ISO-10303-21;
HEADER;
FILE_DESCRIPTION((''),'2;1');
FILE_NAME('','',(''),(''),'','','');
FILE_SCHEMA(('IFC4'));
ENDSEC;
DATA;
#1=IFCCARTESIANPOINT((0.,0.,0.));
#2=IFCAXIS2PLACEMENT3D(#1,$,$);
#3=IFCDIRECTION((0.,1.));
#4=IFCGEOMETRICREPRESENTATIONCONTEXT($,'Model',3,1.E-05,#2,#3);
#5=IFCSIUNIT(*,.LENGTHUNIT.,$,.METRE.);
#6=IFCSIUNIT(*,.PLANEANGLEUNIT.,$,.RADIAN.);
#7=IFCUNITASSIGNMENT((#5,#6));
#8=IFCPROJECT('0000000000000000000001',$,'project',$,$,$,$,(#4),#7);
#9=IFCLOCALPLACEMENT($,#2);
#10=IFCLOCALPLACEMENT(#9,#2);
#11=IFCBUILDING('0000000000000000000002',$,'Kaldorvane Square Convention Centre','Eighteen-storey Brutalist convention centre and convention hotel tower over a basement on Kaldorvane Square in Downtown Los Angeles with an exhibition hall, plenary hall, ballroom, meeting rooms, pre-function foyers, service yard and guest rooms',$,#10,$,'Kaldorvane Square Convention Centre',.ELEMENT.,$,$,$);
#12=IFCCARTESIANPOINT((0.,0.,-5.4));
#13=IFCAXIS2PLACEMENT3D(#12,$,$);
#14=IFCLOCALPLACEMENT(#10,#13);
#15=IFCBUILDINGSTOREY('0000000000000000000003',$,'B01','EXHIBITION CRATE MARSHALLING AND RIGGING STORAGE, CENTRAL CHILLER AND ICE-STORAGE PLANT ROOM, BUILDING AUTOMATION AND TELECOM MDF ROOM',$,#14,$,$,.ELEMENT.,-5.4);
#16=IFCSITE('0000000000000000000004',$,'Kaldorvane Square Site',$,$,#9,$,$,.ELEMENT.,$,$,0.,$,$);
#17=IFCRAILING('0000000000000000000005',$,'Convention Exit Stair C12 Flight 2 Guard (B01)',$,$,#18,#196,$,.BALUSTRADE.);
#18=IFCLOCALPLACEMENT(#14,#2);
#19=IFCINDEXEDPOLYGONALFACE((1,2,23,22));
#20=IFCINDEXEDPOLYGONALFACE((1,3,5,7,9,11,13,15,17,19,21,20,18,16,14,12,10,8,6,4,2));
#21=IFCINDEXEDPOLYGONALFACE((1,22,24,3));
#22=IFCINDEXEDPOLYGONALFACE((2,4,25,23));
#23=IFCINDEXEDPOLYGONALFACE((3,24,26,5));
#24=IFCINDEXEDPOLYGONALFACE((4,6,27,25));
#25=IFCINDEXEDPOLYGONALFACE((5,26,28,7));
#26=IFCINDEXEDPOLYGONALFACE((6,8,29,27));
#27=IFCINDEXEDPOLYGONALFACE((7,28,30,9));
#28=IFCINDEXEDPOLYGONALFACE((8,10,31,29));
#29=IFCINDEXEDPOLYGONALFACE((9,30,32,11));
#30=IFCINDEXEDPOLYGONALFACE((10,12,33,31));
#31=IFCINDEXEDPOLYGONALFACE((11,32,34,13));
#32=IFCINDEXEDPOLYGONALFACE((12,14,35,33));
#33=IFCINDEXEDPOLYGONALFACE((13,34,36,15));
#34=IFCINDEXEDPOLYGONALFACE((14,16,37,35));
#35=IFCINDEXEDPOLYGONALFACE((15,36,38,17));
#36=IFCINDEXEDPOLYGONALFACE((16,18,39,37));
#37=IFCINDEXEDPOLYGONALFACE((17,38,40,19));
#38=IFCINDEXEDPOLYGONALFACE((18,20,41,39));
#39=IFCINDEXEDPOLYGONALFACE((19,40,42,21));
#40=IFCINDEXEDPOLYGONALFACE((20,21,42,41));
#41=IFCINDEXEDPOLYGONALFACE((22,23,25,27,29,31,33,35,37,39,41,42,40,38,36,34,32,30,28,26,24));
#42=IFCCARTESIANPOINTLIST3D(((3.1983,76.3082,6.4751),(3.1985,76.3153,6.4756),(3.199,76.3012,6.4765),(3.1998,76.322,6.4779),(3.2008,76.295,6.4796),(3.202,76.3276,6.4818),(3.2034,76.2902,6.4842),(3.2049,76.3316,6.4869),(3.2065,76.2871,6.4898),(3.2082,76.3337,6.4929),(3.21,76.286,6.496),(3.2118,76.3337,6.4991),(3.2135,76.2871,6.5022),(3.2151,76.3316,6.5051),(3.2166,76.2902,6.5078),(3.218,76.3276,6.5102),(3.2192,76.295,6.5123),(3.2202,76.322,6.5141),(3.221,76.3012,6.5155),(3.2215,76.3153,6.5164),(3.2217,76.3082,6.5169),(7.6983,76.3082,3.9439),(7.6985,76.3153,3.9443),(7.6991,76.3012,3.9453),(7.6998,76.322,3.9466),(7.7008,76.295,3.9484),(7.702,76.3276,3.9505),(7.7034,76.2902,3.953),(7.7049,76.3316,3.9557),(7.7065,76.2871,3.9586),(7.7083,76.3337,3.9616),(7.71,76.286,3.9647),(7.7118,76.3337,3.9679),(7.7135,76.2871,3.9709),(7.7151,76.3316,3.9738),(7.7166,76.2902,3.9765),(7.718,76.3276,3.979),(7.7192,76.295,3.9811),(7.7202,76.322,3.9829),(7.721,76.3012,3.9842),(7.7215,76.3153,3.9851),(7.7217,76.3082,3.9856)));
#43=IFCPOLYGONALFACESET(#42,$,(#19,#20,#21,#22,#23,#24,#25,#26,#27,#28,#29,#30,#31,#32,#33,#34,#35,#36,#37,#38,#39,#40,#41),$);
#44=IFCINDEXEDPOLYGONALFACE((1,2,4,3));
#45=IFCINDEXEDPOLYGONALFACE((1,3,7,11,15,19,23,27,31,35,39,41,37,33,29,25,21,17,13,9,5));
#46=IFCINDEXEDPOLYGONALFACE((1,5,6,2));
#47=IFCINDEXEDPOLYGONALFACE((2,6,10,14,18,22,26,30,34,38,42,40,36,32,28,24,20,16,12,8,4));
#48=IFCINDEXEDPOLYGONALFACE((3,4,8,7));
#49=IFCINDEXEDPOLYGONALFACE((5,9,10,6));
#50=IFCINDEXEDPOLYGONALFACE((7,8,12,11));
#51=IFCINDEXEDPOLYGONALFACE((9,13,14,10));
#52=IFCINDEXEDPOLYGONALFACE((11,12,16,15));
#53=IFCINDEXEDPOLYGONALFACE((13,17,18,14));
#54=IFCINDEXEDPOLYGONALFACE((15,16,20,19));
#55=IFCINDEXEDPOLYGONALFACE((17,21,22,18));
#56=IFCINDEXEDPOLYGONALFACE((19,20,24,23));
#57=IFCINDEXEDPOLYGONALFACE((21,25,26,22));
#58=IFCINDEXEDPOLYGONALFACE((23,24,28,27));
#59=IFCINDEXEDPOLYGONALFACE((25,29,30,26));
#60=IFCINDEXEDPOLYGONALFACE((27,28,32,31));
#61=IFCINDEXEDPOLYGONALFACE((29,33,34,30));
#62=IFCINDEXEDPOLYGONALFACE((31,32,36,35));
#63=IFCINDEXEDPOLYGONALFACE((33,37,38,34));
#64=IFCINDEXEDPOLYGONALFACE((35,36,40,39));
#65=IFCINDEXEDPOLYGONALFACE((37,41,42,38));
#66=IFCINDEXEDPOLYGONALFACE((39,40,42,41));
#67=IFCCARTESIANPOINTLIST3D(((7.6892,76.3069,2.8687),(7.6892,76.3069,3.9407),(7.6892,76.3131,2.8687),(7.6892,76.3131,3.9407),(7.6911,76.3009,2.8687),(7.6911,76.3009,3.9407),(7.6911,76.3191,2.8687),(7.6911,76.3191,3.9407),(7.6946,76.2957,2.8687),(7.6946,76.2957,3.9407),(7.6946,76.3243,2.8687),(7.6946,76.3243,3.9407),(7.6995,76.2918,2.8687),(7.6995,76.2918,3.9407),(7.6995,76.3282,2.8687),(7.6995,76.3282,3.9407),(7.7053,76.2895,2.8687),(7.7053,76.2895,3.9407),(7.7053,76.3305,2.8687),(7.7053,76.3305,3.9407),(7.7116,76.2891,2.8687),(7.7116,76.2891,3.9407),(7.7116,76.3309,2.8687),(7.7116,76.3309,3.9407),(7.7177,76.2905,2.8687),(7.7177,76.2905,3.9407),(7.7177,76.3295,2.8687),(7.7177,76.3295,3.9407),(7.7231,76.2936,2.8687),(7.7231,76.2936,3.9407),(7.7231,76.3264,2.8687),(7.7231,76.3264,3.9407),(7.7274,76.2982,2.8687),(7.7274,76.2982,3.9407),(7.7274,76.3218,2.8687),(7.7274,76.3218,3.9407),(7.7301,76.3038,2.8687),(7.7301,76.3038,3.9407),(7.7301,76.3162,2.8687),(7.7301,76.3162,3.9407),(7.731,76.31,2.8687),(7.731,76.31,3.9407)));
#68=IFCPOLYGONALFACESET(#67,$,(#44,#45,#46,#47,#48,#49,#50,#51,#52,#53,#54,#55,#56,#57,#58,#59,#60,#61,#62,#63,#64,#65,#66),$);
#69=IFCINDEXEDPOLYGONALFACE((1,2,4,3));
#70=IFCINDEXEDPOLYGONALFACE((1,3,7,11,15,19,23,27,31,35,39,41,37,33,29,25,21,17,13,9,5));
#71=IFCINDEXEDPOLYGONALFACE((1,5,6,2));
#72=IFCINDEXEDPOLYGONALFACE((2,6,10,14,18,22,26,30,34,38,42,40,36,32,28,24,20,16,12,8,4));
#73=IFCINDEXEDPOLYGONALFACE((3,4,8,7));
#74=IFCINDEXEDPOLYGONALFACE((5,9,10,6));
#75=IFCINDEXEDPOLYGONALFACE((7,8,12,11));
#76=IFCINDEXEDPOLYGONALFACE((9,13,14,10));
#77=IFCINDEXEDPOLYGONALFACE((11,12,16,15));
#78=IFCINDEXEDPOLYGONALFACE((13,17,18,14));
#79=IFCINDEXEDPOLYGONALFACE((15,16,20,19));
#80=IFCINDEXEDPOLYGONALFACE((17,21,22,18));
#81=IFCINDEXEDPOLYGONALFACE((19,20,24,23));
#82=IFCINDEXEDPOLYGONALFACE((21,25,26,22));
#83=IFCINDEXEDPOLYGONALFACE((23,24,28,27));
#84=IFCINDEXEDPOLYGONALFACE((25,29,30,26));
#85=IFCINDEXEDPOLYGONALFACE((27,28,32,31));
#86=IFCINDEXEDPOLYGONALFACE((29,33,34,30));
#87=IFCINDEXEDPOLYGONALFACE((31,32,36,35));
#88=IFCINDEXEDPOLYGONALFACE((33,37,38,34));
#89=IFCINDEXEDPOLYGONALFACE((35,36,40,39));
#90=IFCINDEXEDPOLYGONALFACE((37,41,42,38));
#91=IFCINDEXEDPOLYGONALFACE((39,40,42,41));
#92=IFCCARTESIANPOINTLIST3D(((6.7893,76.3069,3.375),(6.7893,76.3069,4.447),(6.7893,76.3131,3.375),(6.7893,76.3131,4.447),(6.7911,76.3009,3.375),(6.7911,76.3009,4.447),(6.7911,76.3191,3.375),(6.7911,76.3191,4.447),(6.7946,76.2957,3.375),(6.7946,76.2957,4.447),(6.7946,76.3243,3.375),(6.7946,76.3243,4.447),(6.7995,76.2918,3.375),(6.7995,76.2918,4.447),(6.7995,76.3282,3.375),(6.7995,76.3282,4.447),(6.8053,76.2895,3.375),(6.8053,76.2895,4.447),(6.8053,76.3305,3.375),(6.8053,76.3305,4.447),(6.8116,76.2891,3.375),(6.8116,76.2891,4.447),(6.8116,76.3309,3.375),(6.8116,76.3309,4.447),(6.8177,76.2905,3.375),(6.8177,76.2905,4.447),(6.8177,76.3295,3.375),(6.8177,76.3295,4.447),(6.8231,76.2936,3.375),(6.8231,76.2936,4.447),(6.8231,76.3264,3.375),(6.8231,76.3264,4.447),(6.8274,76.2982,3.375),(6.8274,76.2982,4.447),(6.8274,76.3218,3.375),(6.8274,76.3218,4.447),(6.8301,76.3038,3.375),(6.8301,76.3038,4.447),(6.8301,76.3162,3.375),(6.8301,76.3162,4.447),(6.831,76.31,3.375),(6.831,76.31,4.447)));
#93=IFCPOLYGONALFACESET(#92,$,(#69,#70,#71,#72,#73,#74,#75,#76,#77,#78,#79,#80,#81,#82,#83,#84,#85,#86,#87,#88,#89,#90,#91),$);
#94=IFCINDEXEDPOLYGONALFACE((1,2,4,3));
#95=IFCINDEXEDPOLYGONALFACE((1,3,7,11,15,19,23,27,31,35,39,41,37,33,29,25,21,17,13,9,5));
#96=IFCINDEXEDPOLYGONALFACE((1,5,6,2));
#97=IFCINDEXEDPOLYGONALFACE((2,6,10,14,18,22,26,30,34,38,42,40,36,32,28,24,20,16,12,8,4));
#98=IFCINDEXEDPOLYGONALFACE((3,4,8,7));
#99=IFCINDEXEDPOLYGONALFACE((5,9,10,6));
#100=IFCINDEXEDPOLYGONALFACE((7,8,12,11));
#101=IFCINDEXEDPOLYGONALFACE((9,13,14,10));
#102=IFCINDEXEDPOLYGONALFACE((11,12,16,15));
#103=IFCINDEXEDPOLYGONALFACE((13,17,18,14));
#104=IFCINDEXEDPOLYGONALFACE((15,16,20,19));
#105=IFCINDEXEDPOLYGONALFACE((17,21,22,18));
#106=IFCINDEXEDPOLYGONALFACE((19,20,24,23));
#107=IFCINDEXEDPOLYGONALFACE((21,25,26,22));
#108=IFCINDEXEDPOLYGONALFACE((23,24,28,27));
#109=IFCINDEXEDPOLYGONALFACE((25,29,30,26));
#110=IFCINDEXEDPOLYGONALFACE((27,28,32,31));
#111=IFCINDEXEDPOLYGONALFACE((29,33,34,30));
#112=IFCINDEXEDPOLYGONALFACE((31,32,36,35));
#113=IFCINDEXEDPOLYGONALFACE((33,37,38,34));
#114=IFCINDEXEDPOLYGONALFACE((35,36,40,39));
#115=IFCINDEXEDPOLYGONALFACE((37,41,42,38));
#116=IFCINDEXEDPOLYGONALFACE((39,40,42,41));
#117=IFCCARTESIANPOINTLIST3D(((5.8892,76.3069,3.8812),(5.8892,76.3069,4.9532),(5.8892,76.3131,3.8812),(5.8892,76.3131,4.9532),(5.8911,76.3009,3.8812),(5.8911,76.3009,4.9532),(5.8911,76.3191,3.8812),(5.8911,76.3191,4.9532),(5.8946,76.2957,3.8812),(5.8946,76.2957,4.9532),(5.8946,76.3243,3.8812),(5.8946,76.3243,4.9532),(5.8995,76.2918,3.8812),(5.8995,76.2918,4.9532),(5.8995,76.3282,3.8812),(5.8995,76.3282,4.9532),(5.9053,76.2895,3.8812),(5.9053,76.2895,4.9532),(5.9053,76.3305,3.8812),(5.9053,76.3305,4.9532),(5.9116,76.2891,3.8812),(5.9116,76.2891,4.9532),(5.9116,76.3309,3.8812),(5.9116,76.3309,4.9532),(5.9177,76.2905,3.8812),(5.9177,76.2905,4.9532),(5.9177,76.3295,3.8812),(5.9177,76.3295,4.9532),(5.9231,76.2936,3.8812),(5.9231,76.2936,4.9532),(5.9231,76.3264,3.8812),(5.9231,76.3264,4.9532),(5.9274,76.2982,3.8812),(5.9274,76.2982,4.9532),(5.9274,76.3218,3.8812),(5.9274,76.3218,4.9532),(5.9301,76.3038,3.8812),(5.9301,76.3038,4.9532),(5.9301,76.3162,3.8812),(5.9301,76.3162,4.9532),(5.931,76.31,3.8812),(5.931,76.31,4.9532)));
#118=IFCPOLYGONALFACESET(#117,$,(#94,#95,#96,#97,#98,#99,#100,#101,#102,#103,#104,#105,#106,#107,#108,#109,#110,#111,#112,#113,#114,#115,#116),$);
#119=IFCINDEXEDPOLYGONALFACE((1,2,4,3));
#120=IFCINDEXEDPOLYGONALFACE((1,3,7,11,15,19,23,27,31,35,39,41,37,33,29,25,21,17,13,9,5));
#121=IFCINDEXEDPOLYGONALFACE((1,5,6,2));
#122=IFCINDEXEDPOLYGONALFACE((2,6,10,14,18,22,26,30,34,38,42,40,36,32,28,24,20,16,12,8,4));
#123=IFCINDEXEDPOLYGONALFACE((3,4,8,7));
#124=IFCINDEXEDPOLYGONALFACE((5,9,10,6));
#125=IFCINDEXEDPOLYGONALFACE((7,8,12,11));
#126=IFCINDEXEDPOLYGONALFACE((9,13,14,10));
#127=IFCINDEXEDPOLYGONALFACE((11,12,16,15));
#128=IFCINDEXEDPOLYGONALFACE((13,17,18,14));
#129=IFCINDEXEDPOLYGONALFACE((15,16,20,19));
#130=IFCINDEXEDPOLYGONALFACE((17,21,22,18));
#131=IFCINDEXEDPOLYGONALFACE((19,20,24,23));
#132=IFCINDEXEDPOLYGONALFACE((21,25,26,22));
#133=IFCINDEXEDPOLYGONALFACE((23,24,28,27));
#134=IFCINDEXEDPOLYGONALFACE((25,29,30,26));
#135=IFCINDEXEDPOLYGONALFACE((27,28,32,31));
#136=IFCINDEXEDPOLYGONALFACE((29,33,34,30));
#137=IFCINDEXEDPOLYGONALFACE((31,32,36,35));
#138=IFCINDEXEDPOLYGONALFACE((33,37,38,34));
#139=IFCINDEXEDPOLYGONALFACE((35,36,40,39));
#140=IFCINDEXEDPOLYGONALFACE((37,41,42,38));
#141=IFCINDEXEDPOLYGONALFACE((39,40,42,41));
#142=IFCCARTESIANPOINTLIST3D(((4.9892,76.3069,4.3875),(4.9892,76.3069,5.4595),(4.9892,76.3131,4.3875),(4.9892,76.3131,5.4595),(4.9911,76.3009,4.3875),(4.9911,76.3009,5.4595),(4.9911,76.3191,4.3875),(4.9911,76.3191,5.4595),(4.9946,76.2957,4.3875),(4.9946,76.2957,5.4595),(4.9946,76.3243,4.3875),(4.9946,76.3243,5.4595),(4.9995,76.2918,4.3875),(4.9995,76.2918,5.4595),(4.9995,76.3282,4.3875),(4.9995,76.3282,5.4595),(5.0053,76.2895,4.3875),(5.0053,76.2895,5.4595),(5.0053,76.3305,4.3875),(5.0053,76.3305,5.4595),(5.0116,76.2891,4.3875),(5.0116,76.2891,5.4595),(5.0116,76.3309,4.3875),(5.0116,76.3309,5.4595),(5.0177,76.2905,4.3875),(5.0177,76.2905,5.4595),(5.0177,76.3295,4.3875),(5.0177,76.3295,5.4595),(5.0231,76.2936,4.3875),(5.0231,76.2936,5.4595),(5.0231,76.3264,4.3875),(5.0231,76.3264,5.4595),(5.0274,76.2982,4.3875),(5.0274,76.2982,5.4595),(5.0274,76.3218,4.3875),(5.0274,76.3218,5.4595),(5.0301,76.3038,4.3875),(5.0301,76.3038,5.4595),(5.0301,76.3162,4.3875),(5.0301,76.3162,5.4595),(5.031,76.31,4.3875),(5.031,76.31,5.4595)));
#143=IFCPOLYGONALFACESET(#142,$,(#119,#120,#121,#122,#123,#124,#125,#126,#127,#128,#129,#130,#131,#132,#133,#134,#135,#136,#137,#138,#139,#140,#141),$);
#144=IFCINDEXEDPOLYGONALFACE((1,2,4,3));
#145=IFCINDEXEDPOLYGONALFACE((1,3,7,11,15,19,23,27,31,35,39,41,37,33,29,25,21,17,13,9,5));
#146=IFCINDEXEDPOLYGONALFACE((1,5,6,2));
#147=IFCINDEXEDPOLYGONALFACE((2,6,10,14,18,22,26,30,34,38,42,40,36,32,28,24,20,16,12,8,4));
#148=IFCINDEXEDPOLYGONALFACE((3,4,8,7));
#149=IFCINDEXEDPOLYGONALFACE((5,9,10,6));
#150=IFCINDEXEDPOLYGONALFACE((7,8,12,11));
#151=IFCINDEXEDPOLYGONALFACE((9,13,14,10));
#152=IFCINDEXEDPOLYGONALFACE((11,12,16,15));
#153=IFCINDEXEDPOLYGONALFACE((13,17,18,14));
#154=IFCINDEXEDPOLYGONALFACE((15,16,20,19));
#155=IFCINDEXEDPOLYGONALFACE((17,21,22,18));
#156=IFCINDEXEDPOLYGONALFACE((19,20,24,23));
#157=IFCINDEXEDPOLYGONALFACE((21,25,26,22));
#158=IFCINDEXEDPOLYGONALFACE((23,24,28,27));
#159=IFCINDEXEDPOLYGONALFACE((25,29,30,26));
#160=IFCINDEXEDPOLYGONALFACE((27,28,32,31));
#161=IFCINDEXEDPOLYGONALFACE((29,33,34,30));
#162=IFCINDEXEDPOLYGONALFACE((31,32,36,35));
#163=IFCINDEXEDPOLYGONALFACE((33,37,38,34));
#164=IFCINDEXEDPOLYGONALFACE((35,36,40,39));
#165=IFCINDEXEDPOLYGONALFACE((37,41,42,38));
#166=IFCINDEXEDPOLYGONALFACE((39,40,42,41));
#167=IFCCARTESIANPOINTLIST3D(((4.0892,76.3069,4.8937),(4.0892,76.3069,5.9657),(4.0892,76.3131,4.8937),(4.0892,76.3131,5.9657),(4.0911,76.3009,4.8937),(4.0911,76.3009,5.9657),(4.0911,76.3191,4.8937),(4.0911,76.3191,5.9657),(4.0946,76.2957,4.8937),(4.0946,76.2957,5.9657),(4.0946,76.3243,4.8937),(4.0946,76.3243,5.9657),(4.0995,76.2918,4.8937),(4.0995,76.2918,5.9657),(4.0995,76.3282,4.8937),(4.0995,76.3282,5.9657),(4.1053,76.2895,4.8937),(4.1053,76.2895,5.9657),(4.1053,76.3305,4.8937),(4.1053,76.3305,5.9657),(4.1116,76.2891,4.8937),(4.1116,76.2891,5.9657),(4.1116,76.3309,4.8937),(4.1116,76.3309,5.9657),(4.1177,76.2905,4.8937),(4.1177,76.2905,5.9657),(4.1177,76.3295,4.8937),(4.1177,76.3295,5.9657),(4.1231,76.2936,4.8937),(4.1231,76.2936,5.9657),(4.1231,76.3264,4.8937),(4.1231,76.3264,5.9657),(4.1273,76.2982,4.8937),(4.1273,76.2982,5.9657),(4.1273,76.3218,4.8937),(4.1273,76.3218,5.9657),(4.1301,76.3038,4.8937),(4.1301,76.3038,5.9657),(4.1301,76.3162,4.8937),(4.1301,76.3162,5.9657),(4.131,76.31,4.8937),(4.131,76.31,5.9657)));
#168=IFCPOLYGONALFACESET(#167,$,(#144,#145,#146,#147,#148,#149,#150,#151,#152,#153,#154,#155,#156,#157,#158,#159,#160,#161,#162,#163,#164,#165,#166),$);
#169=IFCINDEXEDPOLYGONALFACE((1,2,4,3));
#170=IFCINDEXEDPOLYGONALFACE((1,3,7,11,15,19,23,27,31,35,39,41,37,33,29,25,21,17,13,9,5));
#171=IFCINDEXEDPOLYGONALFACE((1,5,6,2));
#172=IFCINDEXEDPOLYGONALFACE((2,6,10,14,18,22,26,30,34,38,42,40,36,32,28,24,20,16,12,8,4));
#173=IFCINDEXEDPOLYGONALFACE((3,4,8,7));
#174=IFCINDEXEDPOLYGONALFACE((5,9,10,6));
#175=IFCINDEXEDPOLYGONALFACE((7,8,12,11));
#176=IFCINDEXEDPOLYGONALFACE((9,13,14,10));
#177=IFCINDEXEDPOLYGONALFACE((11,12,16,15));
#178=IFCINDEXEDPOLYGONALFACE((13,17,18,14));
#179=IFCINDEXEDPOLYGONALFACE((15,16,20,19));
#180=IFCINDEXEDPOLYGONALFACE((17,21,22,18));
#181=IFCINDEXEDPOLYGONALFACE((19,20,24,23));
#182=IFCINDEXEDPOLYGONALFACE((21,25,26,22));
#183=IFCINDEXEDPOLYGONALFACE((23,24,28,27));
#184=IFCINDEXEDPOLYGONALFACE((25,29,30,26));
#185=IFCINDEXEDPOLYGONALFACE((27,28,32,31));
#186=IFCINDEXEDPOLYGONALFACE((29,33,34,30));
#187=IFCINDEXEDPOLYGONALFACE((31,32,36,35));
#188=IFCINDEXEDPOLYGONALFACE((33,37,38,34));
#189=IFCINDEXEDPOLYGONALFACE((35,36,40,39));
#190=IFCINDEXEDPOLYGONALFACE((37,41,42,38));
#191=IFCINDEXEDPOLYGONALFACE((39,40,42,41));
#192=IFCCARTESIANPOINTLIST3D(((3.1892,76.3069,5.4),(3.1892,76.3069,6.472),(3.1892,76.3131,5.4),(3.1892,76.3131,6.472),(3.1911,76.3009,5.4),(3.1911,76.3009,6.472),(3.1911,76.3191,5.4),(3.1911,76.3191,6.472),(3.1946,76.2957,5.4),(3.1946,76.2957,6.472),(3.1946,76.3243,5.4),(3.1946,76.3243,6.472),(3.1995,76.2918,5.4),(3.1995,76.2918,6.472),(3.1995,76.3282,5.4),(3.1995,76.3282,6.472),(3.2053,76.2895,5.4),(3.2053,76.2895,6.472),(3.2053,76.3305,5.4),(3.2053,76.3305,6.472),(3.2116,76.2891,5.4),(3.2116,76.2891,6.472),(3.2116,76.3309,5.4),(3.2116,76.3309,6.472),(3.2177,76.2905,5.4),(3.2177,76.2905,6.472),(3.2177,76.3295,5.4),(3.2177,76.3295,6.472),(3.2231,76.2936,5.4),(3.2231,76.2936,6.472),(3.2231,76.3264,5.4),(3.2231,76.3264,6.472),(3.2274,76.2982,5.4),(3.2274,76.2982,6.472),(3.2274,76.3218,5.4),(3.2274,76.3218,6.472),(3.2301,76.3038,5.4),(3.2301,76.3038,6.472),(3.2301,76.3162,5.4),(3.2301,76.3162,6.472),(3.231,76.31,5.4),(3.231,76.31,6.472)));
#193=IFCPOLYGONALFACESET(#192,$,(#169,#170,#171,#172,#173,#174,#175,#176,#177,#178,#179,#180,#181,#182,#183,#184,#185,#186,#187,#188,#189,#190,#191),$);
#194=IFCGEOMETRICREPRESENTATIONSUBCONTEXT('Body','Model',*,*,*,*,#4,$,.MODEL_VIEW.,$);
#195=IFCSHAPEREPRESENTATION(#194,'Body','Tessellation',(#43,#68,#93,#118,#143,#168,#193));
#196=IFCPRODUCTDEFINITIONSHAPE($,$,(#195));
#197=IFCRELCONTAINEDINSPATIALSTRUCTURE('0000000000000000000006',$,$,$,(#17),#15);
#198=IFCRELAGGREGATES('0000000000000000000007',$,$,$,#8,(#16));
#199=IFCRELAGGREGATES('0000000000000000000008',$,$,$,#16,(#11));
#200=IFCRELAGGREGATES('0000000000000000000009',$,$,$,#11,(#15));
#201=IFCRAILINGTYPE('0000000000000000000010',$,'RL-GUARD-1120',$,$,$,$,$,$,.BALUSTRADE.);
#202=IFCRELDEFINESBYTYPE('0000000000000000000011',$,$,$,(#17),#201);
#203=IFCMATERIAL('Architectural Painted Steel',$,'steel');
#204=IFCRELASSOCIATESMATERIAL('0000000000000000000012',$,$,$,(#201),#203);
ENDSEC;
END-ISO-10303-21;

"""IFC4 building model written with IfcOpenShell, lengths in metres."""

from ifc_helpers import new_model, si_unit, direction, frame, origin, origin_2d, place, context, subcontext, project, spatial, circle, extrude, material, type_object, element, save


model = new_model("IFC4")

# Units and contexts
model_context = context("Model", 3, precision=1e-05, world=origin(), true_north=direction((0.0, 1.0)))
body_context = subcontext(model_context, "Body", "Model", "MODEL_VIEW")
ifc_project = project(units=[si_unit("LENGTHUNIT", "METRE"), si_unit("PLANEANGLEUNIT", "RADIAN")], contexts=[model_context])

# Site, building, storey
site_placement = place(None, origin())
site = spatial("IfcSite", under=ifc_project, at=site_placement, Name="Kaldorvane Square Site", CompositionType="ELEMENT", RefElevation=0.0)
building_placement = place(site_placement, origin())
building = spatial("IfcBuilding", under=site, at=building_placement, Name="Kaldorvane Square Convention Centre", Description="Eighteen-storey Brutalist convention centre and convention hotel tower over a basement on Kaldorvane Square in Downtown Los Angeles with an exhibition hall, plenary hall, ballroom, meeting rooms, pre-function foyers, service yard and guest rooms", LongName="Kaldorvane Square Convention Centre", CompositionType="ELEMENT")
storey_placement = place(building_placement, frame((0.0, 0.0, -5.4)))
storey = spatial("IfcBuildingStorey", under=building, at=storey_placement, Name="B01", Description="EXHIBITION CRATE MARSHALLING AND RIGGING STORAGE, CENTRAL CHILLER AND ICE-STORAGE PLANT ROOM, BUILDING AUTOMATION AND TELECOM MDF ROOM", CompositionType="ELEMENT", Elevation=-5.4)

# Railing
ifc_material_1 = material(Name="Architectural Painted Steel", Category="steel")
railing_type_1 = type_object("IfcRailingType", Name="RL-GUARD-1120", PredefinedType="BALUSTRADE", material=ifc_material_1)
railing_1_placement = place(storey_placement, frame((7.71, 76.31, 2.8687)))
element("IfcRailing", 1, at=railing_1_placement, inside=storey, type_object=railing_type_1, Name="Convention Exit Stair C12 Flight 2 Guard (B01)", PredefinedType="BALUSTRADE", context=body_context, shape_type="SweptSolid", body=[
    extrude(circle(Radius=0.024, at=origin_2d()), frame((0.0, 0.0, 1.096), z_axis=(-0.871576, 0.0, 0.490261), x_axis=(0.0, -1.0, 0.0)), (0.0, 0.0, 1.0), 5.1631),
    extrude(circle(Radius=0.021, at=origin_2d()), origin(), (0.0, 0.0, 1.0), 1.072),
    extrude(circle(Radius=0.021, at=origin_2d()), frame((-0.9, 0.0, 0.5063)), (0.0, 0.0, 1.0), 1.072),
    extrude(circle(Radius=0.021, at=origin_2d()), frame((-1.8, 0.0, 1.0125)), (0.0, 0.0, 1.0), 1.072),
    extrude(circle(Radius=0.021, at=origin_2d()), frame((-2.7, 0.0, 1.5188)), (0.0, 0.0, 1.0), 1.072),
    extrude(circle(Radius=0.021, at=origin_2d()), frame((-3.6, 0.0, 2.025)), (0.0, 0.0, 1.0), 1.072),
    extrude(circle(Radius=0.021, at=origin_2d()), frame((-4.5, 0.0, 2.5312)), (0.0, 0.0, 1.0), 1.072),
])

save(model, "model.ifc")
